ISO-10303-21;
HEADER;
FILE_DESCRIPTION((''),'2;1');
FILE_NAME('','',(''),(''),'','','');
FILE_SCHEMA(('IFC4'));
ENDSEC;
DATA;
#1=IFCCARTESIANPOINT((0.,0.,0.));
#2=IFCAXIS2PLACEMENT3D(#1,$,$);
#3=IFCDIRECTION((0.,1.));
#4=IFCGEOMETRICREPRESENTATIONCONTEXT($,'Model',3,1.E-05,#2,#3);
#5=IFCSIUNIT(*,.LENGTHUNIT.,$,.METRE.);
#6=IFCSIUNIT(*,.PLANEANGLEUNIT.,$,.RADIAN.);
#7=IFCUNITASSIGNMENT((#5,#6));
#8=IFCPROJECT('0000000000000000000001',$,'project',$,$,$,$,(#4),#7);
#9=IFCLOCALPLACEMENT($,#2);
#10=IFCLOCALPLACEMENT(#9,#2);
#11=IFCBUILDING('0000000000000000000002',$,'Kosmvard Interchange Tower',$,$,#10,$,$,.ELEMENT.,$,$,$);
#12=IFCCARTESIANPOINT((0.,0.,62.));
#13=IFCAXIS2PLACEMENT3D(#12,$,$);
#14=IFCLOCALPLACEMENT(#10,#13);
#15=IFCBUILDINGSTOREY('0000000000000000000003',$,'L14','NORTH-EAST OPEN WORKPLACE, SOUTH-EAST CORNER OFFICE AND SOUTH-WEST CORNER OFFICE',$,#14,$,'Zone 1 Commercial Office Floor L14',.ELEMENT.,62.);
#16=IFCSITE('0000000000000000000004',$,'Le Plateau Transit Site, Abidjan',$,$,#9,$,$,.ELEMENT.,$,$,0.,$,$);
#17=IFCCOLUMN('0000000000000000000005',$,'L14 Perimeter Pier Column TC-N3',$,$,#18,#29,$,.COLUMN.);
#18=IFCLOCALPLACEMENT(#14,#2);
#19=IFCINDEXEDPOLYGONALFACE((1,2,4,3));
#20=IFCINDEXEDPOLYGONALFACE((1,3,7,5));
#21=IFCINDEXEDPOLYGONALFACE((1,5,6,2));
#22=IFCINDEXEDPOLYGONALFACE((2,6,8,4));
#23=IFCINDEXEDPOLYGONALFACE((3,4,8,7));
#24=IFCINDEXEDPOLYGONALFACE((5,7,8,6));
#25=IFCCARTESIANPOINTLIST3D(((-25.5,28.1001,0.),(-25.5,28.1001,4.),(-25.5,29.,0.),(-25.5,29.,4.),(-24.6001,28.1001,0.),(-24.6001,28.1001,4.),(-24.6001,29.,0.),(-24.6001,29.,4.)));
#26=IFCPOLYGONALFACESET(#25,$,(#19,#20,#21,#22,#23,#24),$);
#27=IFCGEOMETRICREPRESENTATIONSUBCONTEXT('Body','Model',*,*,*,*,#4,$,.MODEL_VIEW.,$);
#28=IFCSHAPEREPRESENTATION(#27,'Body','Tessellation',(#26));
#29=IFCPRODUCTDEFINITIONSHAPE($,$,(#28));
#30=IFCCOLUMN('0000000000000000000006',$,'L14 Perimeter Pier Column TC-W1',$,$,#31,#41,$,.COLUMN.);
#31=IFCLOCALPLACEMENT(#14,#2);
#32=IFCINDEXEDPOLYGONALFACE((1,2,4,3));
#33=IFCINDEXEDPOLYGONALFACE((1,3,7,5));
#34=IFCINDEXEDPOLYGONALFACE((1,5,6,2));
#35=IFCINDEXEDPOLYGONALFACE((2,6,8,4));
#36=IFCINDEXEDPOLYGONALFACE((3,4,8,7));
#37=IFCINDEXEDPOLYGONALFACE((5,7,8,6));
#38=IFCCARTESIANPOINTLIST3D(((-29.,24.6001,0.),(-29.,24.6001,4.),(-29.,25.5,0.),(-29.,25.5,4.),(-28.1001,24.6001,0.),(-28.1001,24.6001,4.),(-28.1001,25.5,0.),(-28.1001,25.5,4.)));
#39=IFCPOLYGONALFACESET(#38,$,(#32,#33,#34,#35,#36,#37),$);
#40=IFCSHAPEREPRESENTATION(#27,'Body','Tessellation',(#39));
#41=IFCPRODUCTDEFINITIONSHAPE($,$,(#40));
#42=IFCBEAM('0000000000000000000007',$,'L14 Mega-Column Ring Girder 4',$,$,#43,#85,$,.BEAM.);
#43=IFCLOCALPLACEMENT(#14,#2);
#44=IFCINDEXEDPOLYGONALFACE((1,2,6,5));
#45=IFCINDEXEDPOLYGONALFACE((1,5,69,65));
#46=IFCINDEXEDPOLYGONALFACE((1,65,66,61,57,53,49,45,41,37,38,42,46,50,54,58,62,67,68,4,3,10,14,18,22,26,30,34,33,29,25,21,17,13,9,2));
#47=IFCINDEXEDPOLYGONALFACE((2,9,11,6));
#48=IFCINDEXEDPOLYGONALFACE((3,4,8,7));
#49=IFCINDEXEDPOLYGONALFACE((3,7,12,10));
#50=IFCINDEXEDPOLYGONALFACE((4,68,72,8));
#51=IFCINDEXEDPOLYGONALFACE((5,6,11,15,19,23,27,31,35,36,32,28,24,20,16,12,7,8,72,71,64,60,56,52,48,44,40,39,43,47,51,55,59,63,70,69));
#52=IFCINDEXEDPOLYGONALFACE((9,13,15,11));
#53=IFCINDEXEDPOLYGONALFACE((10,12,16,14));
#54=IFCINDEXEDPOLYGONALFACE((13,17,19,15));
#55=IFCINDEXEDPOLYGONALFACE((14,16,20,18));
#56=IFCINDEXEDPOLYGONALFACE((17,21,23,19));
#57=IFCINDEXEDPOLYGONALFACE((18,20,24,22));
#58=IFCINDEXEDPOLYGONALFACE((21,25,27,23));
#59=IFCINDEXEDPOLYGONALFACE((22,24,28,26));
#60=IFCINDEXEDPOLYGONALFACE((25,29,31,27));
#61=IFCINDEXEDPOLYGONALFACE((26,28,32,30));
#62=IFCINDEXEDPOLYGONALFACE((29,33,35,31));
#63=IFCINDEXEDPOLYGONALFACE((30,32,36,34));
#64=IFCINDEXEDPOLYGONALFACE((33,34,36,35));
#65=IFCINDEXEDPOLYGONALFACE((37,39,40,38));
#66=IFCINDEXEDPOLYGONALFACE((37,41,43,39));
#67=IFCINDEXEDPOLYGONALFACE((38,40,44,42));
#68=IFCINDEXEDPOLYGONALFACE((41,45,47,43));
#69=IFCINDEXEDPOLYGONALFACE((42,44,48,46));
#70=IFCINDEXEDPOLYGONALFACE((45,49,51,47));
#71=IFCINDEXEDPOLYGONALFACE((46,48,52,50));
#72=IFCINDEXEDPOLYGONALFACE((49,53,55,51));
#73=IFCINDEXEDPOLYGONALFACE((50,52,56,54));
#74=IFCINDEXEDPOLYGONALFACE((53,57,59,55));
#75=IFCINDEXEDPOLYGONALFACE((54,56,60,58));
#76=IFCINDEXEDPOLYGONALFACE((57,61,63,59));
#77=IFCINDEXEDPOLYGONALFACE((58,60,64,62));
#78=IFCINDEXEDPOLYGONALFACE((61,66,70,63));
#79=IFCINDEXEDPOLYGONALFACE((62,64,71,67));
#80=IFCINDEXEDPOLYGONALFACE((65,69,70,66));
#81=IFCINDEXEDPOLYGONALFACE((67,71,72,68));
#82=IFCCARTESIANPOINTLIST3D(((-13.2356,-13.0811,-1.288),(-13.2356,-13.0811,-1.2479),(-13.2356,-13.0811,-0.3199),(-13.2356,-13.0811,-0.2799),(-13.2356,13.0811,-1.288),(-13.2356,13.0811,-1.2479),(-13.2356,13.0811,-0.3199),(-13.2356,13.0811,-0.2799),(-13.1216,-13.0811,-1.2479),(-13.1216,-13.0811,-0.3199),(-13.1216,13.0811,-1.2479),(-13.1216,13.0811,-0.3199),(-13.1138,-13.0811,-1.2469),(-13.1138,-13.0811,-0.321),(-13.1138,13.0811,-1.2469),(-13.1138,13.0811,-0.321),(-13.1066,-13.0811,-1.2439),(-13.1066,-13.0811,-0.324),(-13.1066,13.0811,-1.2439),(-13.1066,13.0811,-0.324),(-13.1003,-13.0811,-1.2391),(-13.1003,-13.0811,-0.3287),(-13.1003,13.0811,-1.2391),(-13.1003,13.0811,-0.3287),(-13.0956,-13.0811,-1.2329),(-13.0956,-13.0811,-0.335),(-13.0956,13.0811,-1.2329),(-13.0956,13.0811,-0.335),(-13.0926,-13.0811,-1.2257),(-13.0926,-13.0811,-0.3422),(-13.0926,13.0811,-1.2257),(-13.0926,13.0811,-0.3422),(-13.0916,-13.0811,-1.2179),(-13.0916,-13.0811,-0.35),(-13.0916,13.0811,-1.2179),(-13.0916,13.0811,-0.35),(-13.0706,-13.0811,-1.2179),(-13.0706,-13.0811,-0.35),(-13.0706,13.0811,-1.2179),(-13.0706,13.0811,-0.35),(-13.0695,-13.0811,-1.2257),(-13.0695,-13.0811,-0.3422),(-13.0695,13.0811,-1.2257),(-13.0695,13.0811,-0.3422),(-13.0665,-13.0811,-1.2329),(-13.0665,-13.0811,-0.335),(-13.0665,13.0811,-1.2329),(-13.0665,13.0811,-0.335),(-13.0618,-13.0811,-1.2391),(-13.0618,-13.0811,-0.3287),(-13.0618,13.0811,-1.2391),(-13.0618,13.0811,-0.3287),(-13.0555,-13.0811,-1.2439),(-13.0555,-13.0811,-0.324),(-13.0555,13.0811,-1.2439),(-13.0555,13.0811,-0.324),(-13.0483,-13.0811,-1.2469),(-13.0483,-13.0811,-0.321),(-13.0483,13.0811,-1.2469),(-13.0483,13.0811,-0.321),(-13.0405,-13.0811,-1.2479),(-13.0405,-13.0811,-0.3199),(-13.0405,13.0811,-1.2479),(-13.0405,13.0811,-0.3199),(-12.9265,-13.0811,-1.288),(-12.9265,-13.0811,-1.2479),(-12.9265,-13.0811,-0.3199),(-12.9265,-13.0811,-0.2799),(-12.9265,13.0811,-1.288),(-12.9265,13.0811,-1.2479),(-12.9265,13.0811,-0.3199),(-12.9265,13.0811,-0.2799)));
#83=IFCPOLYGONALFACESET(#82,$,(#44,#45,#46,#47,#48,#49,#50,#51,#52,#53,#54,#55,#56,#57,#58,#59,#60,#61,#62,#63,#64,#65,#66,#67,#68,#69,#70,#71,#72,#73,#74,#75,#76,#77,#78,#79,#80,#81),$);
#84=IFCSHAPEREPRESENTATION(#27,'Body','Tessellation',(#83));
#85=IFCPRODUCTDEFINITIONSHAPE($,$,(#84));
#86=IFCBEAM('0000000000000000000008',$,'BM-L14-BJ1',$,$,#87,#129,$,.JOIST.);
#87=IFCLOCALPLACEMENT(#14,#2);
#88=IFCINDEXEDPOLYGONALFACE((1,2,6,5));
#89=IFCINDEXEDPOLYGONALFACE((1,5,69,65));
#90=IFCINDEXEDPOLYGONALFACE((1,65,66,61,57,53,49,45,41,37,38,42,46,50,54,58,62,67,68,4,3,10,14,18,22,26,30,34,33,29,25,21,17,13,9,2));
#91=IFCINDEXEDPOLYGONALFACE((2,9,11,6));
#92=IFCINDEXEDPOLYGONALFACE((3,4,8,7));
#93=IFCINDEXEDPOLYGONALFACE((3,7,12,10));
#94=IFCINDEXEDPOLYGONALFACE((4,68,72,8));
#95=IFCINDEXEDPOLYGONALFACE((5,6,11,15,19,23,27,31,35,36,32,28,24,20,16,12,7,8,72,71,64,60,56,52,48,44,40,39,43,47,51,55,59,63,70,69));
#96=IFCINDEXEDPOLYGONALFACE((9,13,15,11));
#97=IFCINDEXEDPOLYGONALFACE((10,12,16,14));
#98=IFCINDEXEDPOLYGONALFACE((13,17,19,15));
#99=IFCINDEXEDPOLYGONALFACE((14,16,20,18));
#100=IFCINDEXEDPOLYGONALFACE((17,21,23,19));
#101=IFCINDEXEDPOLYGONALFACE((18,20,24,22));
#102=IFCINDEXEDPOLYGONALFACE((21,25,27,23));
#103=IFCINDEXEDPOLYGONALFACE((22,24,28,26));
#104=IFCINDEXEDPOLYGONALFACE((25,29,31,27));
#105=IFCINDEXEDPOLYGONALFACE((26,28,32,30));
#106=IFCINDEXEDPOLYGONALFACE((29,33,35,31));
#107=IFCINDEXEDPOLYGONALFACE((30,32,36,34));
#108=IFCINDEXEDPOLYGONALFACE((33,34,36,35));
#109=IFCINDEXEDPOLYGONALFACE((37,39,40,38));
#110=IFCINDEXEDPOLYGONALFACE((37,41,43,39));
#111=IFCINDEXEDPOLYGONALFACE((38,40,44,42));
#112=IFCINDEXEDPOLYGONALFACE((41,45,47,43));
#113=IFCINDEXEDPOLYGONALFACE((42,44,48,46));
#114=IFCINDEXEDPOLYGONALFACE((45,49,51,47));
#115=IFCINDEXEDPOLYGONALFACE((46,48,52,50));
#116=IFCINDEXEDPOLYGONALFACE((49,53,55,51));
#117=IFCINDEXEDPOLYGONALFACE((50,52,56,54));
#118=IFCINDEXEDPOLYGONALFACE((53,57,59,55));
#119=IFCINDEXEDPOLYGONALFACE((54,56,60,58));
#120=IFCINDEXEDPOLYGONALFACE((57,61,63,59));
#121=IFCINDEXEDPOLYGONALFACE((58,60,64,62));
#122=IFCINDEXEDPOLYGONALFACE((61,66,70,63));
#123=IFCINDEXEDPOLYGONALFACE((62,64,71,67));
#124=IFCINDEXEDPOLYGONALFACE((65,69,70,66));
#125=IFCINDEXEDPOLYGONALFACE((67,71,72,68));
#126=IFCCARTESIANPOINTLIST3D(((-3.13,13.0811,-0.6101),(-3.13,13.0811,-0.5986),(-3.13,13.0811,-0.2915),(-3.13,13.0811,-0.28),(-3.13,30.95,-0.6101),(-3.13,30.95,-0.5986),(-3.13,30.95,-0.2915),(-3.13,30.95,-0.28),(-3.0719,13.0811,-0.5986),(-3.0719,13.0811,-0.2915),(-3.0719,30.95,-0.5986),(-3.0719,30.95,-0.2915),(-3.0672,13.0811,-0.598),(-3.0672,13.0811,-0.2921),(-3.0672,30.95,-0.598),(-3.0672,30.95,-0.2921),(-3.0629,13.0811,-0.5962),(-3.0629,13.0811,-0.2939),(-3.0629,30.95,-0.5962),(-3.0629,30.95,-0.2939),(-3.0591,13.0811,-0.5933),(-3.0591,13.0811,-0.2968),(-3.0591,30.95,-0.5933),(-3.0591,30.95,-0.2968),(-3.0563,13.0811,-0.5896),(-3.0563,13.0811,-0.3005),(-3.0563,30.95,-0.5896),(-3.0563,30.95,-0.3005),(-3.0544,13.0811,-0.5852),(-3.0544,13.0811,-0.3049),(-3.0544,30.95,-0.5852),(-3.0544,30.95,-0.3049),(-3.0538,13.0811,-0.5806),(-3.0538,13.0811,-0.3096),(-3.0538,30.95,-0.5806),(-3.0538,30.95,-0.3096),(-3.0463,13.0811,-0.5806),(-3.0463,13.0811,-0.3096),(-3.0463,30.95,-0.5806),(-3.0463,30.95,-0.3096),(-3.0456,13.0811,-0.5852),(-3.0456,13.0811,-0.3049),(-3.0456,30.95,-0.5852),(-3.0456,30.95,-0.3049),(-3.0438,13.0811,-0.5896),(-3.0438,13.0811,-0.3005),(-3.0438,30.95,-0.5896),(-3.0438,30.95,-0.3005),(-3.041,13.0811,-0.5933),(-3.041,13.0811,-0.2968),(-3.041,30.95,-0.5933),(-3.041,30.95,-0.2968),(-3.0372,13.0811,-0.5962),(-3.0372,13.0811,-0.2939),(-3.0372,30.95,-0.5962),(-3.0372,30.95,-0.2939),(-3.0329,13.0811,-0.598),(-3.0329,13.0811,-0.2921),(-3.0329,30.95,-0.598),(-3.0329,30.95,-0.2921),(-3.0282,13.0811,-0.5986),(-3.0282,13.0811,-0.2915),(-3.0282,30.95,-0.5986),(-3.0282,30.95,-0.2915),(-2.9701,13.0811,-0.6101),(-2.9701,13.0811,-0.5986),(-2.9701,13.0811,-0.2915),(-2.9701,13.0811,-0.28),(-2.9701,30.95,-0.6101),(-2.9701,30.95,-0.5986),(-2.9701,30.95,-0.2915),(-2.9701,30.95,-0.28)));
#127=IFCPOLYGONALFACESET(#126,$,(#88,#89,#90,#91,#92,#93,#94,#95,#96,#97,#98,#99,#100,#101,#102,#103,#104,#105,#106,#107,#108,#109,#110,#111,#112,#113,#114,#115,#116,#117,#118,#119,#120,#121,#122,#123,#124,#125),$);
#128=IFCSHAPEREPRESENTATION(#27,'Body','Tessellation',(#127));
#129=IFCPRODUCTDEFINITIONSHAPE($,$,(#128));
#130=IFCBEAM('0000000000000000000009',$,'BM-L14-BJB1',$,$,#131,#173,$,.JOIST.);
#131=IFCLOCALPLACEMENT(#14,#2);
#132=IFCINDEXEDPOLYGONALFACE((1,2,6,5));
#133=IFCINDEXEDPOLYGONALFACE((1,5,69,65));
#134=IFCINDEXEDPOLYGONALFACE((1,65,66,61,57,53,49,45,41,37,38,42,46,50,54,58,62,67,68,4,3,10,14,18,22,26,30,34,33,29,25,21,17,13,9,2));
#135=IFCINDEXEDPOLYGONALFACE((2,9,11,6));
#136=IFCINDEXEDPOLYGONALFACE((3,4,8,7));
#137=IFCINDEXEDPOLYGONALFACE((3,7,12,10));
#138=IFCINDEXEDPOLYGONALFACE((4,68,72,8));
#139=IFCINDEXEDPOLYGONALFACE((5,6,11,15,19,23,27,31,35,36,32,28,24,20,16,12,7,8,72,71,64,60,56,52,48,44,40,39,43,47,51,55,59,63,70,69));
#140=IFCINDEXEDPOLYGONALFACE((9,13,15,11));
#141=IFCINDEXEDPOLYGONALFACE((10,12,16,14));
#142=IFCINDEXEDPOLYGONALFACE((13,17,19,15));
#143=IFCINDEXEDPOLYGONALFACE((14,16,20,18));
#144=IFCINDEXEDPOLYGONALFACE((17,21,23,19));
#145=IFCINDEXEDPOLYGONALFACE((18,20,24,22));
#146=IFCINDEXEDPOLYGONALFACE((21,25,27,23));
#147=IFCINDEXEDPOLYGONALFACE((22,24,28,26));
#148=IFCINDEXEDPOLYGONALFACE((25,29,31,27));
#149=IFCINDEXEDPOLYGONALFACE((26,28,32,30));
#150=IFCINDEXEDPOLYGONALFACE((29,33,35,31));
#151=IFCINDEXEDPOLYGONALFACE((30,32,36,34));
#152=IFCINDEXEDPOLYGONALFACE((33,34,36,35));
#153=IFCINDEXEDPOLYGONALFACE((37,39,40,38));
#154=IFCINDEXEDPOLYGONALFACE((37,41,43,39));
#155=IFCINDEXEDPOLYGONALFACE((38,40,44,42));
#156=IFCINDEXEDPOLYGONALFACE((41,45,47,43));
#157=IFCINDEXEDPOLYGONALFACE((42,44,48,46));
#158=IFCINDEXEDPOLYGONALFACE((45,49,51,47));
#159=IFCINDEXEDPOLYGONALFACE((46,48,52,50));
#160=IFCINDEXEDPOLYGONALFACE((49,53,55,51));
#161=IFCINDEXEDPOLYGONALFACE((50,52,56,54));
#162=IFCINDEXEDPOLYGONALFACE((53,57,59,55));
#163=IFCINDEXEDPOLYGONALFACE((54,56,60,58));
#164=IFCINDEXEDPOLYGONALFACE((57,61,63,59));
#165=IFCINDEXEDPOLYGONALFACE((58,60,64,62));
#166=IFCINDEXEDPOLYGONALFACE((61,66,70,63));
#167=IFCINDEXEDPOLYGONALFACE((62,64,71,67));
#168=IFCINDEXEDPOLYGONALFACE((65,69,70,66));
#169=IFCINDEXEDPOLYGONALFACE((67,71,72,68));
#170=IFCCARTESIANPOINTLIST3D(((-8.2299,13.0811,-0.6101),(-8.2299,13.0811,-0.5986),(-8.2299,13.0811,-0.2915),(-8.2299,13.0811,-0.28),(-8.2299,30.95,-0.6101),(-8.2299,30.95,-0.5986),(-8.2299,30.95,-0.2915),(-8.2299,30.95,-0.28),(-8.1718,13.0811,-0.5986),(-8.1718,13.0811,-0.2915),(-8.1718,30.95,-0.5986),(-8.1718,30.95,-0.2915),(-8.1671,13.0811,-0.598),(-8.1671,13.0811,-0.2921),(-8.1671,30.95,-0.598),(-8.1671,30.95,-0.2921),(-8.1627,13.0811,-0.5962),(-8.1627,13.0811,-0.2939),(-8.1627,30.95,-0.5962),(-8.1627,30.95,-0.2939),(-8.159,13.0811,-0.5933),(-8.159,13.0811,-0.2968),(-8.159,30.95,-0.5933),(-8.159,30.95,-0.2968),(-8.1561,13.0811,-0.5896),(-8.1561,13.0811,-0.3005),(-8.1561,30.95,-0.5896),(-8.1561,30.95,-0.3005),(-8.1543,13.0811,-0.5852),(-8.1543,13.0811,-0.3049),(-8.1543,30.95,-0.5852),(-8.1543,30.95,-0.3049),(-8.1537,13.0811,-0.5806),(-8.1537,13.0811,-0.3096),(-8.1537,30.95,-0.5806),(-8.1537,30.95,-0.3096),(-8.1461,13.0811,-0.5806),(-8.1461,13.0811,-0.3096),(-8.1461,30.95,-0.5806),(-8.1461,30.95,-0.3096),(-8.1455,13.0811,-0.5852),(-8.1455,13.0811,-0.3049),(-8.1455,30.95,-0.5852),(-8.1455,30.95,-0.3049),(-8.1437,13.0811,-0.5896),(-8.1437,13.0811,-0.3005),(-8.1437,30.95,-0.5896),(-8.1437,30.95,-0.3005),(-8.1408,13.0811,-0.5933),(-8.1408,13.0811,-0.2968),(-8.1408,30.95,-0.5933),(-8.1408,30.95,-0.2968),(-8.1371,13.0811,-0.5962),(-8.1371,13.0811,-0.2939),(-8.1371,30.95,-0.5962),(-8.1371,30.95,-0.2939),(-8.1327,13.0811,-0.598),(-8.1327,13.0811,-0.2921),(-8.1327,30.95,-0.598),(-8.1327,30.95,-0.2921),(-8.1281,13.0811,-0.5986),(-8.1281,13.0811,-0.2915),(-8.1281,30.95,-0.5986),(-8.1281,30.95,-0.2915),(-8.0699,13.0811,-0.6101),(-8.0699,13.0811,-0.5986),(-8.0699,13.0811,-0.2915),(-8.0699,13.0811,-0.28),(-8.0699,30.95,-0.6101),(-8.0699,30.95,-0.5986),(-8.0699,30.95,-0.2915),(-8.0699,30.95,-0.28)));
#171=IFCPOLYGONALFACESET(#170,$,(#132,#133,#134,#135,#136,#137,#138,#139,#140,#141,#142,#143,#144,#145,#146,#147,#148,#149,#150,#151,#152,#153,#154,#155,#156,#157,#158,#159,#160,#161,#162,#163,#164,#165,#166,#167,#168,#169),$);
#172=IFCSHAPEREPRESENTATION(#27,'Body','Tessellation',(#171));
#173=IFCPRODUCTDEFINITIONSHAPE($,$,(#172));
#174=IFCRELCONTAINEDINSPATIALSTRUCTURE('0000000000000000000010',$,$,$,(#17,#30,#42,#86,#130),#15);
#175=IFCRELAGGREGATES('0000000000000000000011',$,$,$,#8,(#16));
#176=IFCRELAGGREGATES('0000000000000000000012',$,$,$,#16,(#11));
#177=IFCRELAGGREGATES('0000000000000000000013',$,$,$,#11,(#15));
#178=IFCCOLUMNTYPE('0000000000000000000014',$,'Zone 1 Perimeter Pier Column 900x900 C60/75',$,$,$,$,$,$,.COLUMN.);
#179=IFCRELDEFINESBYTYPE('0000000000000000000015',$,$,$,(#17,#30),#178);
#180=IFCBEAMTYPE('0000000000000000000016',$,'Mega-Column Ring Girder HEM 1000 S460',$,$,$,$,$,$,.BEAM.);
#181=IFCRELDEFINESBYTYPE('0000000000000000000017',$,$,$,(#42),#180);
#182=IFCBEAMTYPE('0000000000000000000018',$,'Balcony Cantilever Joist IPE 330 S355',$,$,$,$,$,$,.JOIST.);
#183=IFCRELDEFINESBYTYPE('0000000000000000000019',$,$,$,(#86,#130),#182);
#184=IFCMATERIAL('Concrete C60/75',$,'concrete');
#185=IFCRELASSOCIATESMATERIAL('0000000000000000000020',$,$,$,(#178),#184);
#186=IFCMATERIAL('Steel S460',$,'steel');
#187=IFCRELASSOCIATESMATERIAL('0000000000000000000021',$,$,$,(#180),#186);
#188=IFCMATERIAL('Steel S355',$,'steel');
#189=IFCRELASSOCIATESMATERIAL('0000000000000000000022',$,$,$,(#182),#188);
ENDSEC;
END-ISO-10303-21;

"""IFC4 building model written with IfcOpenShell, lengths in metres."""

from ifc_helpers import new_model, si_unit, direction, frame, origin, origin_2d, place, context, subcontext, project, spatial, rectangle, i_section, extrude, source, transform, mapped, material, material_profile, profile_set, type_object, element, save


model = new_model("IFC4")

# Units and contexts
model_context = context("Model", 3, precision=1e-05, world=origin(), true_north=direction((0.0, 1.0)))
body_context = subcontext(model_context, "Body", "Model", "MODEL_VIEW")
ifc_project = project(units=[si_unit("LENGTHUNIT", "METRE"), si_unit("PLANEANGLEUNIT", "RADIAN")], contexts=[model_context])

# Site, building, storey
site_placement = place(None, origin())
site = spatial("IfcSite", under=ifc_project, at=site_placement, Name="Le Plateau Transit Site, Abidjan", CompositionType="ELEMENT", RefElevation=0.0)
building_placement = place(site_placement, origin())
building = spatial("IfcBuilding", under=site, at=building_placement, Name="Kosmvard Interchange Tower", CompositionType="ELEMENT")
storey_placement = place(building_placement, frame((0.0, 0.0, 62.0)))
storey = spatial("IfcBuildingStorey", under=building, at=storey_placement, Name="L14", Description="NORTH-EAST OPEN WORKPLACE, SOUTH-EAST CORNER OFFICE AND SOUTH-WEST CORNER OFFICE", LongName="Zone 1 Commercial Office Floor L14", CompositionType="ELEMENT", Elevation=62.0)

# Columns
ifc_material_1 = material(Name="Concrete C60/75", Category="concrete")
ifc_material_profile_1 = material_profile(ifc_material_1, rectangle(XDim=0.8999, YDim=0.8999, at=origin_2d()), Name="TC 900x900")
ifc_profile_set_1 = profile_set([ifc_material_profile_1], Name="Concrete C60/75")
column_type = type_object("IfcColumnType", Name="Zone 1 Perimeter Pier Column 900x900 C60/75", PredefinedType="COLUMN", material=ifc_profile_set_1)
shared_shape_1 = source(origin(), body_context, "Body", "SweptSolid", [
    extrude(rectangle(XDim=0.8999, YDim=0.8999, at=origin_2d()), origin(), (0.0, 0.0, 1.0), 4.0),
])
for number, where, z_axis, x_axis, name in (
    (1, (-25.05, 28.55, 0.0), (0.0, 0.0, 1.0), (1.0, 0.0, 0.0), "L14 Perimeter Pier Column TC-N3"),
    (2, (-28.55, 25.05, 0.0), (0.0, 0.0, 1.0), (1.0, 0.0, 0.0), "L14 Perimeter Pier Column TC-W1"),
):
    element("IfcColumn", number, at=place(storey_placement, frame(where, z_axis=z_axis, x_axis=x_axis)), inside=storey, type_object=column_type, Name=name, PredefinedType="COLUMN", context=body_context, shape_type="MappedRepresentation", body=[
        mapped(shared_shape_1, transform((0.0, 0.0, 0.0), scale=1.0)),
    ])

# Beams
ifc_material_2 = material(Name="Steel S460", Category="steel")
ifc_material_profile_2 = material_profile(ifc_material_2, i_section(OverallWidth=0.3091, OverallDepth=1.0081, WebThickness=0.021, FlangeThickness=0.04, FilletRadius=0.03, at=origin_2d()), Name="HEM 1000")
ifc_profile_set_2 = profile_set([ifc_material_profile_2], Name="Steel S460")
beam_type_1 = type_object("IfcBeamType", Name="Mega-Column Ring Girder HEM 1000 S460", PredefinedType="BEAM", material=ifc_profile_set_2)
shared_shape_2 = source(origin(), body_context, "Body", "SweptSolid", [
    extrude(i_section(OverallWidth=0.3091, OverallDepth=1.0081, WebThickness=0.021, FlangeThickness=0.04, FilletRadius=0.03, at=origin_2d()), origin(), (0.0, 0.0, 1.0), 26.1621),
])
beam_1_placement = place(storey_placement, frame((-13.0811, 13.0811, -0.7839), z_axis=(0.0, -1.0, 0.0), x_axis=(1.0, 0.0, 0.0)))
element("IfcBeam", 3, at=beam_1_placement, inside=storey, type_object=beam_type_1, Name="L14 Mega-Column Ring Girder 4", PredefinedType="BEAM", context=body_context, shape_type="MappedRepresentation", body=[
    mapped(shared_shape_2, transform((0.0, 0.0, 0.0), scale=1.0)),
])
ifc_material_3 = material(Name="Steel S355", Category="steel")
ifc_material_profile_3 = material_profile(ifc_material_3, i_section(OverallWidth=0.1599, OverallDepth=0.3301, WebThickness=0.0076, FlangeThickness=0.0115, FilletRadius=0.0181, at=origin_2d()), Name="IPE 330")
ifc_profile_set_3 = profile_set([ifc_material_profile_3], Name="Steel S355")
beam_type_2 = type_object("IfcBeamType", Name="Balcony Cantilever Joist IPE 330 S355", PredefinedType="JOIST", material=ifc_profile_set_3)
shared_shape_3 = source(origin(), body_context, "Body", "SweptSolid", [
    extrude(i_section(OverallWidth=0.1599, OverallDepth=0.3301, WebThickness=0.0076, FlangeThickness=0.0115, FilletRadius=0.0181, at=origin_2d()), origin(), (0.0, 0.0, 1.0), 17.8689),
])
for number, where, z_axis, x_axis, name in (
    (4, (-3.05, 13.0811, -0.4451), (0.0, 1.0, 0.0), (-1.0, 0.0, 0.0), "BM-L14-BJ1"),
    (5, (-8.1499, 13.0811, -0.4451), (0.0, 1.0, 0.0), (-1.0, 0.0, 0.0), "BM-L14-BJB1"),
):
    element("IfcBeam", number, at=place(storey_placement, frame(where, z_axis=z_axis, x_axis=x_axis)), inside=storey, type_object=beam_type_2, Name=name, PredefinedType="JOIST", context=body_context, shape_type="MappedRepresentation", body=[
        mapped(shared_shape_3, transform((0.0, 0.0, 0.0), scale=1.0)),
    ])

save(model, "model.ifc")
